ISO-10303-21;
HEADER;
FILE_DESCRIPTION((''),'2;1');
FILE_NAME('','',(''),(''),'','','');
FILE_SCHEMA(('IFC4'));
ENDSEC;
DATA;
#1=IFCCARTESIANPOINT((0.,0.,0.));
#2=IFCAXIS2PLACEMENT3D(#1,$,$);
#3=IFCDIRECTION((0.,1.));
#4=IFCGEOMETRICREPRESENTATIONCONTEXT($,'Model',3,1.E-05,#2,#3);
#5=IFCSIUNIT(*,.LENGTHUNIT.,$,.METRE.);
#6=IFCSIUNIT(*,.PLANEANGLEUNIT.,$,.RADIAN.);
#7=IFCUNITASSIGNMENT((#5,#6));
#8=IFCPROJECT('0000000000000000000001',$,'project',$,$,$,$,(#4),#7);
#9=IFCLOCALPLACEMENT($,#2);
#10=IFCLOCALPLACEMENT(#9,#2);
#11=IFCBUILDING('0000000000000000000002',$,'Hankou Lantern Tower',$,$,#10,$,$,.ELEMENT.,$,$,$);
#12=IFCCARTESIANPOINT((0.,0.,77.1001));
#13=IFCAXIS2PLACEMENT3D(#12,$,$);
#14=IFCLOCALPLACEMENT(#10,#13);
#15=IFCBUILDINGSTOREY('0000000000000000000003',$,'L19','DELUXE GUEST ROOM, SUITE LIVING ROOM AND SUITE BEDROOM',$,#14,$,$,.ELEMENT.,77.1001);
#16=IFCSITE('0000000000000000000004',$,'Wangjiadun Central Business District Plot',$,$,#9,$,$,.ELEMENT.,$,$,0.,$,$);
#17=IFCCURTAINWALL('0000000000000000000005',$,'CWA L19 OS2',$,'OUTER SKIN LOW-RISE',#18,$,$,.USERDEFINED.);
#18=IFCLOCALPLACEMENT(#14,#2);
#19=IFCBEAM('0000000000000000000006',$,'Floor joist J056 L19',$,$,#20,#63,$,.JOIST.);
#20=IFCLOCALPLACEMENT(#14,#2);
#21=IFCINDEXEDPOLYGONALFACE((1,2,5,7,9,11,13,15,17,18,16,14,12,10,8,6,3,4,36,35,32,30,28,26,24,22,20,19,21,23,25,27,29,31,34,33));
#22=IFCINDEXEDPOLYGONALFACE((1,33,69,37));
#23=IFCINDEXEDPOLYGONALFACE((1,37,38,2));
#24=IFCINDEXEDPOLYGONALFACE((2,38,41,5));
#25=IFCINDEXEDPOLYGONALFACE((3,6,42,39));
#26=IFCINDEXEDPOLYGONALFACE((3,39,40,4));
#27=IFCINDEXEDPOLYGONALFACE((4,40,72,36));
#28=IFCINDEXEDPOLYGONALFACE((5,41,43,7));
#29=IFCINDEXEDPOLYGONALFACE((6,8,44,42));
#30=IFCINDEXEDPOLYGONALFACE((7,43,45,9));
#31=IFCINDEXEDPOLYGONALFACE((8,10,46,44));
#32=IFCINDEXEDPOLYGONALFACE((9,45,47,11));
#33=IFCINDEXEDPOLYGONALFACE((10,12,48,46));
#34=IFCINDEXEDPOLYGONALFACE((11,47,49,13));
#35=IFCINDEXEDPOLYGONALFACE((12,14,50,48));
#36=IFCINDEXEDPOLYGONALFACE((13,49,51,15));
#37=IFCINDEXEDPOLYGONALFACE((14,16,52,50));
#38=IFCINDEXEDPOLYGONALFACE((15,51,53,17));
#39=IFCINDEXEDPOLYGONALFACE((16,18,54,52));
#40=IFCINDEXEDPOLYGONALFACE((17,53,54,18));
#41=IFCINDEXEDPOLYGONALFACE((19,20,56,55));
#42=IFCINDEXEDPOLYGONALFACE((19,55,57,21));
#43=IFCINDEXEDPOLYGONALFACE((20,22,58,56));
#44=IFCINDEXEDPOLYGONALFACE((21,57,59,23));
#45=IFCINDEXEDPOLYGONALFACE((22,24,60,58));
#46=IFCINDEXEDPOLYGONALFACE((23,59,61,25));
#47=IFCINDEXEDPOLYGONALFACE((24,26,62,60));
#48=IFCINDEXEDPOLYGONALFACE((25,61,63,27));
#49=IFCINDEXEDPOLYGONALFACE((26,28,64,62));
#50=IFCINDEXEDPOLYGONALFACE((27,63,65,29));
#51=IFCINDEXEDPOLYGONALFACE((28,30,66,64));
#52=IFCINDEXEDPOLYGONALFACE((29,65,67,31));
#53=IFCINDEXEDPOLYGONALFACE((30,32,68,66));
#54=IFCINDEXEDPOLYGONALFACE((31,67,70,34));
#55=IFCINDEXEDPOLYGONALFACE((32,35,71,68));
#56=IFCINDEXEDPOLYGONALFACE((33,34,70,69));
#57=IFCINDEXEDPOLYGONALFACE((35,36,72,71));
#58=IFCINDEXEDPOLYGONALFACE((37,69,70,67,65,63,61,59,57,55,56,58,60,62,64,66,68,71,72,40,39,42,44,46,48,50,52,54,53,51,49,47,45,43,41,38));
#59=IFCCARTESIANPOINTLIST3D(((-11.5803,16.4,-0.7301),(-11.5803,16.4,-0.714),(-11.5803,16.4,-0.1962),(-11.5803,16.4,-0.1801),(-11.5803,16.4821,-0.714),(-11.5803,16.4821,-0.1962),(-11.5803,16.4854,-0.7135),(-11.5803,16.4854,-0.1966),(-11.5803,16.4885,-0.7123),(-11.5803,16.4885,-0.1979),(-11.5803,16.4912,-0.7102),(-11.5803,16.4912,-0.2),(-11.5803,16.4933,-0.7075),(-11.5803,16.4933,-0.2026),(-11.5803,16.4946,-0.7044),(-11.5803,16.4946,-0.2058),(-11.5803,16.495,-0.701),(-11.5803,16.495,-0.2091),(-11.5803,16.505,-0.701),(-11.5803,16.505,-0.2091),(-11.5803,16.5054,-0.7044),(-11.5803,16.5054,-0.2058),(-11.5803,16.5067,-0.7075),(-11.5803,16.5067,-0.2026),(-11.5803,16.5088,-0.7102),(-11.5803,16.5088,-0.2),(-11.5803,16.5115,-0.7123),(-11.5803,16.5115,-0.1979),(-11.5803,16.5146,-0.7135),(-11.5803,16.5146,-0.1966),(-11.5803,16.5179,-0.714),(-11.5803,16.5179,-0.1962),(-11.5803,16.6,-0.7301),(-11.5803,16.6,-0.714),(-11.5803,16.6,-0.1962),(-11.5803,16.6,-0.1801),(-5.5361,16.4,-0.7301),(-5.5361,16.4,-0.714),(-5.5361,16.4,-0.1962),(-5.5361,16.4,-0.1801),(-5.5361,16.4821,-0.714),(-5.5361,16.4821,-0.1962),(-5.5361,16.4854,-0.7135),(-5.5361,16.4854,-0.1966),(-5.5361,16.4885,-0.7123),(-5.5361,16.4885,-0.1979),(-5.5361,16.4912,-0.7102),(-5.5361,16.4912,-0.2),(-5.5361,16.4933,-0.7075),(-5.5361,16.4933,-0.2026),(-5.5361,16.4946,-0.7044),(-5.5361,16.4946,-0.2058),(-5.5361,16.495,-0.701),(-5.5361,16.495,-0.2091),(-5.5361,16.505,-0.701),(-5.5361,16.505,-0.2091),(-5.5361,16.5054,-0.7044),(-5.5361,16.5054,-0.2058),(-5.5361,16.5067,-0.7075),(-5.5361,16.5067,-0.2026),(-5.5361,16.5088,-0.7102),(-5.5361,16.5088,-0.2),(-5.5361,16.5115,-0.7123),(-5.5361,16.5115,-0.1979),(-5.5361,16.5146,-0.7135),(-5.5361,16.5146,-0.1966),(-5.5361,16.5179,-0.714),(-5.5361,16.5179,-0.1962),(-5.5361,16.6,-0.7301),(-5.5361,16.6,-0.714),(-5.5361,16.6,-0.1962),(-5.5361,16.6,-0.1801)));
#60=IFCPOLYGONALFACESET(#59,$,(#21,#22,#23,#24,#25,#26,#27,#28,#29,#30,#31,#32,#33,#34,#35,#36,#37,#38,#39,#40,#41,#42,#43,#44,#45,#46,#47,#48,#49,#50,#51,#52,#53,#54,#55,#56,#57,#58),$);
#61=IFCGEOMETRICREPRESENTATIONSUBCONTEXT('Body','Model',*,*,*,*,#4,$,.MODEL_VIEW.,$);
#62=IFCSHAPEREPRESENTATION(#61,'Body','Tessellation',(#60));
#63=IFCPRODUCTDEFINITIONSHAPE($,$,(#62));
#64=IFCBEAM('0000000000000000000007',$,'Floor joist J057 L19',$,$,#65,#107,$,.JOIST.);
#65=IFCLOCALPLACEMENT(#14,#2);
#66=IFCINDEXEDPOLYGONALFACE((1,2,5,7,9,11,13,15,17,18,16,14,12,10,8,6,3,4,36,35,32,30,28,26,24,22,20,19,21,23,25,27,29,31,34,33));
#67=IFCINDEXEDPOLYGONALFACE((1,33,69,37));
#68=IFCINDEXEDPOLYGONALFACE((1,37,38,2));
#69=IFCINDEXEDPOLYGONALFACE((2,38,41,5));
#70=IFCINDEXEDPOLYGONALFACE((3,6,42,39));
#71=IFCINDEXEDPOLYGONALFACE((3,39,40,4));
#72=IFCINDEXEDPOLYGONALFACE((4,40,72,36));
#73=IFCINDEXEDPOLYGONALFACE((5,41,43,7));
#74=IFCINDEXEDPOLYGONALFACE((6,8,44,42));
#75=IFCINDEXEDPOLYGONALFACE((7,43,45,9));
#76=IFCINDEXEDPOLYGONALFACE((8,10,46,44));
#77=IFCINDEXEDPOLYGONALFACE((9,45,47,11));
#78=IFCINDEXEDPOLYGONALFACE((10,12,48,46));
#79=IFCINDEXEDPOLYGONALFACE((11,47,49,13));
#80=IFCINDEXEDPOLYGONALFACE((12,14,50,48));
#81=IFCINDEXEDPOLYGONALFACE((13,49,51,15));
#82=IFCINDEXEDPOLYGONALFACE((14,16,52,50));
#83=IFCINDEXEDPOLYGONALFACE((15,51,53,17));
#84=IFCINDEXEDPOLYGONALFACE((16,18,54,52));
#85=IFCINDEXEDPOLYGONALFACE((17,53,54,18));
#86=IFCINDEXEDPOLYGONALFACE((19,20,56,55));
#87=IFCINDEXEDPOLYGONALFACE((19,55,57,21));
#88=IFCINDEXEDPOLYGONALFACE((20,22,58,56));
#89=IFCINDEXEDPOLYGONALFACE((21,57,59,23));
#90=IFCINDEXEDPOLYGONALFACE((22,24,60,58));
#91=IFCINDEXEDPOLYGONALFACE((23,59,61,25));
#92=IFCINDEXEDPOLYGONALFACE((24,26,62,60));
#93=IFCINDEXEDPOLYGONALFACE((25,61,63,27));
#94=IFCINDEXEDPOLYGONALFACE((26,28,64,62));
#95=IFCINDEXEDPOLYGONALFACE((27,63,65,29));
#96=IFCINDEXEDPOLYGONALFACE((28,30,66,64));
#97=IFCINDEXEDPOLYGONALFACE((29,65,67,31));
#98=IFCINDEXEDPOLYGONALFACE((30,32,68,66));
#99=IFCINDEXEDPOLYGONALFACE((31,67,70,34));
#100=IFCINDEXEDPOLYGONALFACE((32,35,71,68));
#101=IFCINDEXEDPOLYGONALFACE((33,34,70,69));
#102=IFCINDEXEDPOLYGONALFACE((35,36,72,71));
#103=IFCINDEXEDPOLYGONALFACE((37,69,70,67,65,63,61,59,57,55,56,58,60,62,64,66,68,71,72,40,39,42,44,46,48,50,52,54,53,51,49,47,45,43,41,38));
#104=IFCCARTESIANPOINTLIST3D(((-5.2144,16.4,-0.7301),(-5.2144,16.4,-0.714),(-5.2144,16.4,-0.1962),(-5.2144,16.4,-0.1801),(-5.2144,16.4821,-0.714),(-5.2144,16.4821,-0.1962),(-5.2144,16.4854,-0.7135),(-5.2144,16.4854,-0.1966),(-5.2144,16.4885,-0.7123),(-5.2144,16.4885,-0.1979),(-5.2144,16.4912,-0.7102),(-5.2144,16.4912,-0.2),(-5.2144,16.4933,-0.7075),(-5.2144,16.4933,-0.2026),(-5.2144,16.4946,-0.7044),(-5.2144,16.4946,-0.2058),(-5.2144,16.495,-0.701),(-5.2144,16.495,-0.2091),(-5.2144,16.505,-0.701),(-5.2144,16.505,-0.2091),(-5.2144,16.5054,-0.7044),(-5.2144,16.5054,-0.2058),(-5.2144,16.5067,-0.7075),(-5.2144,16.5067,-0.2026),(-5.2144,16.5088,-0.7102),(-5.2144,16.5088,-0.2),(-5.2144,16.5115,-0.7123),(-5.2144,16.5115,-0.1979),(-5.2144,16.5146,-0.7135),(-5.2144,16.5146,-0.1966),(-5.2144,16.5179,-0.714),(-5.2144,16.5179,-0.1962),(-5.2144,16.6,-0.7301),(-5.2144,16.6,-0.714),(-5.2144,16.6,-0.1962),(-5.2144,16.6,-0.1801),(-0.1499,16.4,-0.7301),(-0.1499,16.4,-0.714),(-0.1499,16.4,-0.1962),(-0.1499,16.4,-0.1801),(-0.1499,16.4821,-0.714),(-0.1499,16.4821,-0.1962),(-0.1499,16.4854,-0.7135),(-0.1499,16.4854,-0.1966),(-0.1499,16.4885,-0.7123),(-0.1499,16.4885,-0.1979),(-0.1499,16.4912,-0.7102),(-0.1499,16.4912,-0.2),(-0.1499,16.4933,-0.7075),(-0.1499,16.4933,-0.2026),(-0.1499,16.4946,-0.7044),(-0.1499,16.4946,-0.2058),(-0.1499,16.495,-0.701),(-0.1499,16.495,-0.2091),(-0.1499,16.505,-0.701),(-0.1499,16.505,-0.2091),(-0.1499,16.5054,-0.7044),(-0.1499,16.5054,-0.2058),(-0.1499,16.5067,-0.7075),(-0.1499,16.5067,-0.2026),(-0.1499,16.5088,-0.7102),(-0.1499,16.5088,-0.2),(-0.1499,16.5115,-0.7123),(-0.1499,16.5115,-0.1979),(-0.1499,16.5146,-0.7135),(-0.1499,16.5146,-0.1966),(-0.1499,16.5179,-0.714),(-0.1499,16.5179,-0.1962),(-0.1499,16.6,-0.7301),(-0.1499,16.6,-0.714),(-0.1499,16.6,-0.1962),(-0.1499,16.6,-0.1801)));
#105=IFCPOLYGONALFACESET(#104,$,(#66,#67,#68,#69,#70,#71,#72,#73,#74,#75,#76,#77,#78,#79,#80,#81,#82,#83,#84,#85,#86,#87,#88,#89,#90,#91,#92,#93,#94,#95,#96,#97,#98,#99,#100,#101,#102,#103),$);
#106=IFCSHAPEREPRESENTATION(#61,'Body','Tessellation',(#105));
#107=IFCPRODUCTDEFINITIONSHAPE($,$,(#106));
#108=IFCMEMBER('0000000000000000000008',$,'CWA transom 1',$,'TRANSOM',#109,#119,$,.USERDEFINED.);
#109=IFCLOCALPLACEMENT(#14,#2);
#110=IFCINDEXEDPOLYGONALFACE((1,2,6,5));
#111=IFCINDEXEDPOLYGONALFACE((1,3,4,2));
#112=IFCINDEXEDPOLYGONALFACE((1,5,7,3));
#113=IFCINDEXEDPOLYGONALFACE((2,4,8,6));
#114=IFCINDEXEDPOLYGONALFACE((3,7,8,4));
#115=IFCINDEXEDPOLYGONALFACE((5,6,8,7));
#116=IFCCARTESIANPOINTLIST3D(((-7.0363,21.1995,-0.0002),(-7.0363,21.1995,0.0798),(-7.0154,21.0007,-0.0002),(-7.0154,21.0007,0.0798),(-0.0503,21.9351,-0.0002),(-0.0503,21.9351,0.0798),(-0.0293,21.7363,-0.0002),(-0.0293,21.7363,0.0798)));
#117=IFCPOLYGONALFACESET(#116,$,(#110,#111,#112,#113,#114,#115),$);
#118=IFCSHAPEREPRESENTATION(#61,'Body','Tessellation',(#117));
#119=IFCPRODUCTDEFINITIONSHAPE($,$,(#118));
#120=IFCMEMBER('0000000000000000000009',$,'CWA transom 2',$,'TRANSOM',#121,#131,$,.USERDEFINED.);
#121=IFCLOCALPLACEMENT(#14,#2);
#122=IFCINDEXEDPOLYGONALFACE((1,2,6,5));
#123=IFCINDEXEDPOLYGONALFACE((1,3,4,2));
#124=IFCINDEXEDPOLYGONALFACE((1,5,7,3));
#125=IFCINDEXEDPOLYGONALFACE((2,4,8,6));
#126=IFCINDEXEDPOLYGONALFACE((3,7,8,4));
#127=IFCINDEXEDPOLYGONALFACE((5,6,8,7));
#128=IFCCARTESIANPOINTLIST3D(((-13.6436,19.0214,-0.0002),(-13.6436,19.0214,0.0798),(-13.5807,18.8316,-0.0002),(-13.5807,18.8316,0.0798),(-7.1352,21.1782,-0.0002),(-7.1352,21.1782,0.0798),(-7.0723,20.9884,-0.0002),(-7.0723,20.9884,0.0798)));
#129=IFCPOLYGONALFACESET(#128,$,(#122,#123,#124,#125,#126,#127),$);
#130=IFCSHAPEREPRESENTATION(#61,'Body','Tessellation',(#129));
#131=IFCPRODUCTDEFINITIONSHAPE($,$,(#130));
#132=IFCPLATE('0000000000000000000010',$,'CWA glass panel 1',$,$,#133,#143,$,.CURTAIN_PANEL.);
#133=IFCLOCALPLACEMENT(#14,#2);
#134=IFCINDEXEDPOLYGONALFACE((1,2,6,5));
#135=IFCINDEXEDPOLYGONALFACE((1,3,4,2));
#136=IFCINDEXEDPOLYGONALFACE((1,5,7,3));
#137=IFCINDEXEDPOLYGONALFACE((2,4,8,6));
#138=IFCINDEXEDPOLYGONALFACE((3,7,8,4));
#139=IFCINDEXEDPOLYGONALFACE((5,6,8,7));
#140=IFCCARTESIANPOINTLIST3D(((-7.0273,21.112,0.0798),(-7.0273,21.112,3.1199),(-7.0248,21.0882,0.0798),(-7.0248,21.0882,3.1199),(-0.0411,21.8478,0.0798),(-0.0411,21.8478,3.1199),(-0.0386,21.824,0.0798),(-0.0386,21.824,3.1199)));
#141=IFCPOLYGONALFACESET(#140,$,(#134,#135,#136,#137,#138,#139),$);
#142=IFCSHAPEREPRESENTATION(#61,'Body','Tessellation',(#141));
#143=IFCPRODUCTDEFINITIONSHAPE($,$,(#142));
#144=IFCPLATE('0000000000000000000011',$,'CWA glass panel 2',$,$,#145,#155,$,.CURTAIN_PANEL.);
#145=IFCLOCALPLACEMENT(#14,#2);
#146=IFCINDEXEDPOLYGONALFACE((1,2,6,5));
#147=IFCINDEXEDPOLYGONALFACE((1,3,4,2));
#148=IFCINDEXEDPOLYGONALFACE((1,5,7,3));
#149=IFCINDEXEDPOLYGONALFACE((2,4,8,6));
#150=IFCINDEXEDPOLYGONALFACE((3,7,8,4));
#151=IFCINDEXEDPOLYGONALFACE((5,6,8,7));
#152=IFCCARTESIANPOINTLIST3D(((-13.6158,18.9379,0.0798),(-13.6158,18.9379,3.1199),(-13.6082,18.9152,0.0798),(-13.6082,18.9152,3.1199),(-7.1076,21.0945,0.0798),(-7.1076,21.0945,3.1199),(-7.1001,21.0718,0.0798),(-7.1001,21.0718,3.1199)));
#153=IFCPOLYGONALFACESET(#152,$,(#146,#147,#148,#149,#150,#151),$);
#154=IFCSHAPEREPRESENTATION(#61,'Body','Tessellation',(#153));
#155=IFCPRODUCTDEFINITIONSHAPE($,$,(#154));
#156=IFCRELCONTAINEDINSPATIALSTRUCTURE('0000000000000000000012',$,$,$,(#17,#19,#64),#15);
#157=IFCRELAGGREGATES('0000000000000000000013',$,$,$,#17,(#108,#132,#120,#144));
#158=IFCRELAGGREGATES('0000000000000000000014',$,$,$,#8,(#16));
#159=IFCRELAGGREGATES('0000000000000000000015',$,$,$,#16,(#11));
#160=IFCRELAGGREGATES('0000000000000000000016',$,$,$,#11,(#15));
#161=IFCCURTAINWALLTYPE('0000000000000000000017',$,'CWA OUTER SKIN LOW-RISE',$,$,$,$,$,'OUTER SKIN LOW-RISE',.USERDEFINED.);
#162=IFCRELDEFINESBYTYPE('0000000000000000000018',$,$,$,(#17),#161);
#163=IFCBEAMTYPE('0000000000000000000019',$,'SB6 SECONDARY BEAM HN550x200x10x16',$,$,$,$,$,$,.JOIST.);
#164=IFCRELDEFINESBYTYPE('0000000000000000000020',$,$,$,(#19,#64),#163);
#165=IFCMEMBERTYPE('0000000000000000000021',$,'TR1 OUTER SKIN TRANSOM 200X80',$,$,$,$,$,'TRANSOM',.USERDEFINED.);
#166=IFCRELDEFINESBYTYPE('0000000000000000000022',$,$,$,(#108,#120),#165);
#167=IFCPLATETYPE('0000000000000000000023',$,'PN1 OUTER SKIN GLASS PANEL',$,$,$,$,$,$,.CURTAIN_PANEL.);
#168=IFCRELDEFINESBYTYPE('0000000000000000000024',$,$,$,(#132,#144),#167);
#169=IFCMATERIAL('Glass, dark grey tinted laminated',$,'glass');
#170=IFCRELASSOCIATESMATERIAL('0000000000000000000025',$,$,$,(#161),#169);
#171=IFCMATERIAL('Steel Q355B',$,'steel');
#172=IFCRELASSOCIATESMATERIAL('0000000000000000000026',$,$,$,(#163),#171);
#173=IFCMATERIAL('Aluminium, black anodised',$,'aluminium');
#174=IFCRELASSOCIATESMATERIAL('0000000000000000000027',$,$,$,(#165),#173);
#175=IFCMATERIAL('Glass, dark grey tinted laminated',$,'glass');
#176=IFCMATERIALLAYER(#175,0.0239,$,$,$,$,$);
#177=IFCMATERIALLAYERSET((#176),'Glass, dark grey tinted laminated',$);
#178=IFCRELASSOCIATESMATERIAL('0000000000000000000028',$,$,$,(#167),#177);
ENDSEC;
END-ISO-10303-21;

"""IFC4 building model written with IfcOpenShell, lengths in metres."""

from ifc_helpers import new_model, si_unit, direction, frame, origin, origin_2d, place, context, subcontext, project, spatial, rectangle, i_section, extrude, material, layer, layer_set, material_profile, profile_set, type_object, element, aggregate, save


model = new_model("IFC4")

# Units and contexts
model_context = context("Model", 3, precision=1e-05, world=origin(), true_north=direction((0.0, 1.0)))
body_context = subcontext(model_context, "Body", "Model", "MODEL_VIEW")
ifc_project = project(units=[si_unit("LENGTHUNIT", "METRE"), si_unit("PLANEANGLEUNIT", "RADIAN")], contexts=[model_context])

# Site, building, storey
site_placement = place(None, origin())
site = spatial("IfcSite", under=ifc_project, at=site_placement, Name="Wangjiadun Central Business District Plot", CompositionType="ELEMENT", RefElevation=0.0)
building_placement = place(site_placement, origin())
building = spatial("IfcBuilding", under=site, at=building_placement, Name="Hankou Lantern Tower", CompositionType="ELEMENT")
storey_placement = place(building_placement, frame((0.0, 0.0, 77.1001)))
storey = spatial("IfcBuildingStorey", under=building, at=storey_placement, Name="L19", Description="DELUXE GUEST ROOM, SUITE LIVING ROOM AND SUITE BEDROOM", CompositionType="ELEMENT", Elevation=77.1001)

# Curtain wall
ifc_material_1 = material(Name="Glass, dark grey tinted laminated", Category="glass")
curtain_wall_type = type_object("IfcCurtainWallType", Name="CWA OUTER SKIN LOW-RISE", ElementType="OUTER SKIN LOW-RISE", PredefinedType="USERDEFINED", material=ifc_material_1)
curtain_wall_placement = place(storey_placement, origin())
curtain_wall = element("IfcCurtainWall", 1, at=curtain_wall_placement, inside=storey, type_object=curtain_wall_type, Name="CWA L19 OS2", ObjectType="OUTER SKIN LOW-RISE", PredefinedType="USERDEFINED")

# Beams
ifc_material_2 = material(Name="Steel Q355B", Category="steel")
ifc_material_profile_1 = material_profile(ifc_material_2, i_section(OverallWidth=0.2, OverallDepth=0.55, WebThickness=0.01, FlangeThickness=0.0161, FilletRadius=0.0129, at=origin_2d()), Name="HN550x200x10x16")
ifc_profile_set_1 = profile_set([ifc_material_profile_1], Name="Steel Q355B")
beam_type_1 = type_object("IfcBeamType", Name="SB6 SECONDARY BEAM HN550x200x10x16", PredefinedType="JOIST", material=ifc_profile_set_1)
beam_1_placement = place(storey_placement, frame((-11.5803, 16.5, -0.4551), z_axis=(1.0, 0.0, 0.0), x_axis=(0.0, 1.0, 0.0)))
element("IfcBeam", 2, at=beam_1_placement, inside=storey, type_object=beam_type_1, Name="Floor joist J056 L19", PredefinedType="JOIST", context=body_context, shape_type="SweptSolid", body=[
    extrude(i_section(OverallWidth=0.2, OverallDepth=0.55, WebThickness=0.01, FlangeThickness=0.0161, FilletRadius=0.0129, at=origin_2d()), origin(), (0.0, 0.0, 1.0), 6.0442),
])
beam_2_placement = place(storey_placement, frame((-5.2144, 16.5, -0.4551), z_axis=(1.0, 0.0, 0.0), x_axis=(0.0, 1.0, 0.0)))
element("IfcBeam", 3, at=beam_2_placement, inside=storey, type_object=beam_type_1, Name="Floor joist J057 L19", PredefinedType="JOIST", context=body_context, shape_type="SweptSolid", body=[
    extrude(i_section(OverallWidth=0.2, OverallDepth=0.55, WebThickness=0.01, FlangeThickness=0.0161, FilletRadius=0.0129, at=origin_2d()), origin(), (0.0, 0.0, 1.0), 5.0645),
])

# Members
ifc_material_3 = material(Name="Aluminium, black anodised", Category="aluminium")
ifc_material_profile_2 = material_profile(ifc_material_3, rectangle(XDim=0.2, YDim=0.0801, at=origin_2d()), Name="TR1 200X80")
ifc_profile_set_2 = profile_set([ifc_material_profile_2], Name="Aluminium, black anodised")
member_type_1 = type_object("IfcMemberType", Name="TR1 OUTER SKIN TRANSOM 200X80", ElementType="TRANSOM", PredefinedType="USERDEFINED", material=ifc_profile_set_2)
member_1_placement = place(storey_placement, frame((-0.0398, 21.8357, 0.0398), z_axis=(-0.994502, -0.104716, 0.0), x_axis=(0.104716, -0.994502, 0.0)))
member_1 = element("IfcMember", 4, at=member_1_placement, type_object=member_type_1, Name="CWA transom 1", ObjectType="TRANSOM", PredefinedType="USERDEFINED", context=body_context, shape_type="SweptSolid", body=[
    extrude(rectangle(XDim=0.2, YDim=0.0801, at=origin_2d()), origin(), (0.0, 0.0, 1.0), 7.0247),
])
member_2_placement = place(storey_placement, frame((-7.1038, 21.0833, 0.0398), z_axis=(-0.949237, -0.314561, 0.0), x_axis=(0.314561, -0.949237, 0.0)))
member_2 = element("IfcMember", 5, at=member_2_placement, type_object=member_type_1, Name="CWA transom 2", ObjectType="TRANSOM", PredefinedType="USERDEFINED", context=body_context, shape_type="SweptSolid", body=[
    extrude(rectangle(XDim=0.2, YDim=0.0801, at=origin_2d()), origin(), (0.0, 0.0, 1.0), 6.8564),
])

# Plates
ifc_material_4 = material(Name="Glass, dark grey tinted laminated", Category="glass")
ifc_layer_1 = layer(ifc_material_4, 0.0239)
ifc_layer_set_1 = layer_set([ifc_layer_1], Name="Glass, dark grey tinted laminated")
plate_type = type_object("IfcPlateType", Name="PN1 OUTER SKIN GLASS PANEL", PredefinedType="CURTAIN_PANEL", material=ifc_layer_set_1)
plate_1_placement = place(storey_placement, frame((-3.533, 21.468, 0.0798), z_axis=(0.0, 0.0, 1.0), x_axis=(-0.994499, -0.104743, 0.0)))
plate_1 = element("IfcPlate", 6, at=plate_1_placement, type_object=plate_type, Name="CWA glass panel 1", PredefinedType="CURTAIN_PANEL", context=body_context, shape_type="SweptSolid", body=[
    extrude(rectangle(XDim=7.0249, YDim=0.0239, at=origin_2d()), origin(), (0.0, 0.0, 1.0), 3.04),
])
plate_2_placement = place(storey_placement, frame((-10.3579, 20.0049, 0.0798), z_axis=(0.0, 0.0, 1.0), x_axis=(-0.949241, -0.314551, 0.0)))
plate_2 = element("IfcPlate", 7, at=plate_2_placement, type_object=plate_type, Name="CWA glass panel 2", PredefinedType="CURTAIN_PANEL", context=body_context, shape_type="SweptSolid", body=[
    extrude(rectangle(XDim=6.8562, YDim=0.0239, at=origin_2d()), origin(), (0.0, 0.0, 1.0), 3.04),
])
aggregate(curtain_wall, [member_1, plate_1, member_2, plate_2])

save(model, "model.ifc")
